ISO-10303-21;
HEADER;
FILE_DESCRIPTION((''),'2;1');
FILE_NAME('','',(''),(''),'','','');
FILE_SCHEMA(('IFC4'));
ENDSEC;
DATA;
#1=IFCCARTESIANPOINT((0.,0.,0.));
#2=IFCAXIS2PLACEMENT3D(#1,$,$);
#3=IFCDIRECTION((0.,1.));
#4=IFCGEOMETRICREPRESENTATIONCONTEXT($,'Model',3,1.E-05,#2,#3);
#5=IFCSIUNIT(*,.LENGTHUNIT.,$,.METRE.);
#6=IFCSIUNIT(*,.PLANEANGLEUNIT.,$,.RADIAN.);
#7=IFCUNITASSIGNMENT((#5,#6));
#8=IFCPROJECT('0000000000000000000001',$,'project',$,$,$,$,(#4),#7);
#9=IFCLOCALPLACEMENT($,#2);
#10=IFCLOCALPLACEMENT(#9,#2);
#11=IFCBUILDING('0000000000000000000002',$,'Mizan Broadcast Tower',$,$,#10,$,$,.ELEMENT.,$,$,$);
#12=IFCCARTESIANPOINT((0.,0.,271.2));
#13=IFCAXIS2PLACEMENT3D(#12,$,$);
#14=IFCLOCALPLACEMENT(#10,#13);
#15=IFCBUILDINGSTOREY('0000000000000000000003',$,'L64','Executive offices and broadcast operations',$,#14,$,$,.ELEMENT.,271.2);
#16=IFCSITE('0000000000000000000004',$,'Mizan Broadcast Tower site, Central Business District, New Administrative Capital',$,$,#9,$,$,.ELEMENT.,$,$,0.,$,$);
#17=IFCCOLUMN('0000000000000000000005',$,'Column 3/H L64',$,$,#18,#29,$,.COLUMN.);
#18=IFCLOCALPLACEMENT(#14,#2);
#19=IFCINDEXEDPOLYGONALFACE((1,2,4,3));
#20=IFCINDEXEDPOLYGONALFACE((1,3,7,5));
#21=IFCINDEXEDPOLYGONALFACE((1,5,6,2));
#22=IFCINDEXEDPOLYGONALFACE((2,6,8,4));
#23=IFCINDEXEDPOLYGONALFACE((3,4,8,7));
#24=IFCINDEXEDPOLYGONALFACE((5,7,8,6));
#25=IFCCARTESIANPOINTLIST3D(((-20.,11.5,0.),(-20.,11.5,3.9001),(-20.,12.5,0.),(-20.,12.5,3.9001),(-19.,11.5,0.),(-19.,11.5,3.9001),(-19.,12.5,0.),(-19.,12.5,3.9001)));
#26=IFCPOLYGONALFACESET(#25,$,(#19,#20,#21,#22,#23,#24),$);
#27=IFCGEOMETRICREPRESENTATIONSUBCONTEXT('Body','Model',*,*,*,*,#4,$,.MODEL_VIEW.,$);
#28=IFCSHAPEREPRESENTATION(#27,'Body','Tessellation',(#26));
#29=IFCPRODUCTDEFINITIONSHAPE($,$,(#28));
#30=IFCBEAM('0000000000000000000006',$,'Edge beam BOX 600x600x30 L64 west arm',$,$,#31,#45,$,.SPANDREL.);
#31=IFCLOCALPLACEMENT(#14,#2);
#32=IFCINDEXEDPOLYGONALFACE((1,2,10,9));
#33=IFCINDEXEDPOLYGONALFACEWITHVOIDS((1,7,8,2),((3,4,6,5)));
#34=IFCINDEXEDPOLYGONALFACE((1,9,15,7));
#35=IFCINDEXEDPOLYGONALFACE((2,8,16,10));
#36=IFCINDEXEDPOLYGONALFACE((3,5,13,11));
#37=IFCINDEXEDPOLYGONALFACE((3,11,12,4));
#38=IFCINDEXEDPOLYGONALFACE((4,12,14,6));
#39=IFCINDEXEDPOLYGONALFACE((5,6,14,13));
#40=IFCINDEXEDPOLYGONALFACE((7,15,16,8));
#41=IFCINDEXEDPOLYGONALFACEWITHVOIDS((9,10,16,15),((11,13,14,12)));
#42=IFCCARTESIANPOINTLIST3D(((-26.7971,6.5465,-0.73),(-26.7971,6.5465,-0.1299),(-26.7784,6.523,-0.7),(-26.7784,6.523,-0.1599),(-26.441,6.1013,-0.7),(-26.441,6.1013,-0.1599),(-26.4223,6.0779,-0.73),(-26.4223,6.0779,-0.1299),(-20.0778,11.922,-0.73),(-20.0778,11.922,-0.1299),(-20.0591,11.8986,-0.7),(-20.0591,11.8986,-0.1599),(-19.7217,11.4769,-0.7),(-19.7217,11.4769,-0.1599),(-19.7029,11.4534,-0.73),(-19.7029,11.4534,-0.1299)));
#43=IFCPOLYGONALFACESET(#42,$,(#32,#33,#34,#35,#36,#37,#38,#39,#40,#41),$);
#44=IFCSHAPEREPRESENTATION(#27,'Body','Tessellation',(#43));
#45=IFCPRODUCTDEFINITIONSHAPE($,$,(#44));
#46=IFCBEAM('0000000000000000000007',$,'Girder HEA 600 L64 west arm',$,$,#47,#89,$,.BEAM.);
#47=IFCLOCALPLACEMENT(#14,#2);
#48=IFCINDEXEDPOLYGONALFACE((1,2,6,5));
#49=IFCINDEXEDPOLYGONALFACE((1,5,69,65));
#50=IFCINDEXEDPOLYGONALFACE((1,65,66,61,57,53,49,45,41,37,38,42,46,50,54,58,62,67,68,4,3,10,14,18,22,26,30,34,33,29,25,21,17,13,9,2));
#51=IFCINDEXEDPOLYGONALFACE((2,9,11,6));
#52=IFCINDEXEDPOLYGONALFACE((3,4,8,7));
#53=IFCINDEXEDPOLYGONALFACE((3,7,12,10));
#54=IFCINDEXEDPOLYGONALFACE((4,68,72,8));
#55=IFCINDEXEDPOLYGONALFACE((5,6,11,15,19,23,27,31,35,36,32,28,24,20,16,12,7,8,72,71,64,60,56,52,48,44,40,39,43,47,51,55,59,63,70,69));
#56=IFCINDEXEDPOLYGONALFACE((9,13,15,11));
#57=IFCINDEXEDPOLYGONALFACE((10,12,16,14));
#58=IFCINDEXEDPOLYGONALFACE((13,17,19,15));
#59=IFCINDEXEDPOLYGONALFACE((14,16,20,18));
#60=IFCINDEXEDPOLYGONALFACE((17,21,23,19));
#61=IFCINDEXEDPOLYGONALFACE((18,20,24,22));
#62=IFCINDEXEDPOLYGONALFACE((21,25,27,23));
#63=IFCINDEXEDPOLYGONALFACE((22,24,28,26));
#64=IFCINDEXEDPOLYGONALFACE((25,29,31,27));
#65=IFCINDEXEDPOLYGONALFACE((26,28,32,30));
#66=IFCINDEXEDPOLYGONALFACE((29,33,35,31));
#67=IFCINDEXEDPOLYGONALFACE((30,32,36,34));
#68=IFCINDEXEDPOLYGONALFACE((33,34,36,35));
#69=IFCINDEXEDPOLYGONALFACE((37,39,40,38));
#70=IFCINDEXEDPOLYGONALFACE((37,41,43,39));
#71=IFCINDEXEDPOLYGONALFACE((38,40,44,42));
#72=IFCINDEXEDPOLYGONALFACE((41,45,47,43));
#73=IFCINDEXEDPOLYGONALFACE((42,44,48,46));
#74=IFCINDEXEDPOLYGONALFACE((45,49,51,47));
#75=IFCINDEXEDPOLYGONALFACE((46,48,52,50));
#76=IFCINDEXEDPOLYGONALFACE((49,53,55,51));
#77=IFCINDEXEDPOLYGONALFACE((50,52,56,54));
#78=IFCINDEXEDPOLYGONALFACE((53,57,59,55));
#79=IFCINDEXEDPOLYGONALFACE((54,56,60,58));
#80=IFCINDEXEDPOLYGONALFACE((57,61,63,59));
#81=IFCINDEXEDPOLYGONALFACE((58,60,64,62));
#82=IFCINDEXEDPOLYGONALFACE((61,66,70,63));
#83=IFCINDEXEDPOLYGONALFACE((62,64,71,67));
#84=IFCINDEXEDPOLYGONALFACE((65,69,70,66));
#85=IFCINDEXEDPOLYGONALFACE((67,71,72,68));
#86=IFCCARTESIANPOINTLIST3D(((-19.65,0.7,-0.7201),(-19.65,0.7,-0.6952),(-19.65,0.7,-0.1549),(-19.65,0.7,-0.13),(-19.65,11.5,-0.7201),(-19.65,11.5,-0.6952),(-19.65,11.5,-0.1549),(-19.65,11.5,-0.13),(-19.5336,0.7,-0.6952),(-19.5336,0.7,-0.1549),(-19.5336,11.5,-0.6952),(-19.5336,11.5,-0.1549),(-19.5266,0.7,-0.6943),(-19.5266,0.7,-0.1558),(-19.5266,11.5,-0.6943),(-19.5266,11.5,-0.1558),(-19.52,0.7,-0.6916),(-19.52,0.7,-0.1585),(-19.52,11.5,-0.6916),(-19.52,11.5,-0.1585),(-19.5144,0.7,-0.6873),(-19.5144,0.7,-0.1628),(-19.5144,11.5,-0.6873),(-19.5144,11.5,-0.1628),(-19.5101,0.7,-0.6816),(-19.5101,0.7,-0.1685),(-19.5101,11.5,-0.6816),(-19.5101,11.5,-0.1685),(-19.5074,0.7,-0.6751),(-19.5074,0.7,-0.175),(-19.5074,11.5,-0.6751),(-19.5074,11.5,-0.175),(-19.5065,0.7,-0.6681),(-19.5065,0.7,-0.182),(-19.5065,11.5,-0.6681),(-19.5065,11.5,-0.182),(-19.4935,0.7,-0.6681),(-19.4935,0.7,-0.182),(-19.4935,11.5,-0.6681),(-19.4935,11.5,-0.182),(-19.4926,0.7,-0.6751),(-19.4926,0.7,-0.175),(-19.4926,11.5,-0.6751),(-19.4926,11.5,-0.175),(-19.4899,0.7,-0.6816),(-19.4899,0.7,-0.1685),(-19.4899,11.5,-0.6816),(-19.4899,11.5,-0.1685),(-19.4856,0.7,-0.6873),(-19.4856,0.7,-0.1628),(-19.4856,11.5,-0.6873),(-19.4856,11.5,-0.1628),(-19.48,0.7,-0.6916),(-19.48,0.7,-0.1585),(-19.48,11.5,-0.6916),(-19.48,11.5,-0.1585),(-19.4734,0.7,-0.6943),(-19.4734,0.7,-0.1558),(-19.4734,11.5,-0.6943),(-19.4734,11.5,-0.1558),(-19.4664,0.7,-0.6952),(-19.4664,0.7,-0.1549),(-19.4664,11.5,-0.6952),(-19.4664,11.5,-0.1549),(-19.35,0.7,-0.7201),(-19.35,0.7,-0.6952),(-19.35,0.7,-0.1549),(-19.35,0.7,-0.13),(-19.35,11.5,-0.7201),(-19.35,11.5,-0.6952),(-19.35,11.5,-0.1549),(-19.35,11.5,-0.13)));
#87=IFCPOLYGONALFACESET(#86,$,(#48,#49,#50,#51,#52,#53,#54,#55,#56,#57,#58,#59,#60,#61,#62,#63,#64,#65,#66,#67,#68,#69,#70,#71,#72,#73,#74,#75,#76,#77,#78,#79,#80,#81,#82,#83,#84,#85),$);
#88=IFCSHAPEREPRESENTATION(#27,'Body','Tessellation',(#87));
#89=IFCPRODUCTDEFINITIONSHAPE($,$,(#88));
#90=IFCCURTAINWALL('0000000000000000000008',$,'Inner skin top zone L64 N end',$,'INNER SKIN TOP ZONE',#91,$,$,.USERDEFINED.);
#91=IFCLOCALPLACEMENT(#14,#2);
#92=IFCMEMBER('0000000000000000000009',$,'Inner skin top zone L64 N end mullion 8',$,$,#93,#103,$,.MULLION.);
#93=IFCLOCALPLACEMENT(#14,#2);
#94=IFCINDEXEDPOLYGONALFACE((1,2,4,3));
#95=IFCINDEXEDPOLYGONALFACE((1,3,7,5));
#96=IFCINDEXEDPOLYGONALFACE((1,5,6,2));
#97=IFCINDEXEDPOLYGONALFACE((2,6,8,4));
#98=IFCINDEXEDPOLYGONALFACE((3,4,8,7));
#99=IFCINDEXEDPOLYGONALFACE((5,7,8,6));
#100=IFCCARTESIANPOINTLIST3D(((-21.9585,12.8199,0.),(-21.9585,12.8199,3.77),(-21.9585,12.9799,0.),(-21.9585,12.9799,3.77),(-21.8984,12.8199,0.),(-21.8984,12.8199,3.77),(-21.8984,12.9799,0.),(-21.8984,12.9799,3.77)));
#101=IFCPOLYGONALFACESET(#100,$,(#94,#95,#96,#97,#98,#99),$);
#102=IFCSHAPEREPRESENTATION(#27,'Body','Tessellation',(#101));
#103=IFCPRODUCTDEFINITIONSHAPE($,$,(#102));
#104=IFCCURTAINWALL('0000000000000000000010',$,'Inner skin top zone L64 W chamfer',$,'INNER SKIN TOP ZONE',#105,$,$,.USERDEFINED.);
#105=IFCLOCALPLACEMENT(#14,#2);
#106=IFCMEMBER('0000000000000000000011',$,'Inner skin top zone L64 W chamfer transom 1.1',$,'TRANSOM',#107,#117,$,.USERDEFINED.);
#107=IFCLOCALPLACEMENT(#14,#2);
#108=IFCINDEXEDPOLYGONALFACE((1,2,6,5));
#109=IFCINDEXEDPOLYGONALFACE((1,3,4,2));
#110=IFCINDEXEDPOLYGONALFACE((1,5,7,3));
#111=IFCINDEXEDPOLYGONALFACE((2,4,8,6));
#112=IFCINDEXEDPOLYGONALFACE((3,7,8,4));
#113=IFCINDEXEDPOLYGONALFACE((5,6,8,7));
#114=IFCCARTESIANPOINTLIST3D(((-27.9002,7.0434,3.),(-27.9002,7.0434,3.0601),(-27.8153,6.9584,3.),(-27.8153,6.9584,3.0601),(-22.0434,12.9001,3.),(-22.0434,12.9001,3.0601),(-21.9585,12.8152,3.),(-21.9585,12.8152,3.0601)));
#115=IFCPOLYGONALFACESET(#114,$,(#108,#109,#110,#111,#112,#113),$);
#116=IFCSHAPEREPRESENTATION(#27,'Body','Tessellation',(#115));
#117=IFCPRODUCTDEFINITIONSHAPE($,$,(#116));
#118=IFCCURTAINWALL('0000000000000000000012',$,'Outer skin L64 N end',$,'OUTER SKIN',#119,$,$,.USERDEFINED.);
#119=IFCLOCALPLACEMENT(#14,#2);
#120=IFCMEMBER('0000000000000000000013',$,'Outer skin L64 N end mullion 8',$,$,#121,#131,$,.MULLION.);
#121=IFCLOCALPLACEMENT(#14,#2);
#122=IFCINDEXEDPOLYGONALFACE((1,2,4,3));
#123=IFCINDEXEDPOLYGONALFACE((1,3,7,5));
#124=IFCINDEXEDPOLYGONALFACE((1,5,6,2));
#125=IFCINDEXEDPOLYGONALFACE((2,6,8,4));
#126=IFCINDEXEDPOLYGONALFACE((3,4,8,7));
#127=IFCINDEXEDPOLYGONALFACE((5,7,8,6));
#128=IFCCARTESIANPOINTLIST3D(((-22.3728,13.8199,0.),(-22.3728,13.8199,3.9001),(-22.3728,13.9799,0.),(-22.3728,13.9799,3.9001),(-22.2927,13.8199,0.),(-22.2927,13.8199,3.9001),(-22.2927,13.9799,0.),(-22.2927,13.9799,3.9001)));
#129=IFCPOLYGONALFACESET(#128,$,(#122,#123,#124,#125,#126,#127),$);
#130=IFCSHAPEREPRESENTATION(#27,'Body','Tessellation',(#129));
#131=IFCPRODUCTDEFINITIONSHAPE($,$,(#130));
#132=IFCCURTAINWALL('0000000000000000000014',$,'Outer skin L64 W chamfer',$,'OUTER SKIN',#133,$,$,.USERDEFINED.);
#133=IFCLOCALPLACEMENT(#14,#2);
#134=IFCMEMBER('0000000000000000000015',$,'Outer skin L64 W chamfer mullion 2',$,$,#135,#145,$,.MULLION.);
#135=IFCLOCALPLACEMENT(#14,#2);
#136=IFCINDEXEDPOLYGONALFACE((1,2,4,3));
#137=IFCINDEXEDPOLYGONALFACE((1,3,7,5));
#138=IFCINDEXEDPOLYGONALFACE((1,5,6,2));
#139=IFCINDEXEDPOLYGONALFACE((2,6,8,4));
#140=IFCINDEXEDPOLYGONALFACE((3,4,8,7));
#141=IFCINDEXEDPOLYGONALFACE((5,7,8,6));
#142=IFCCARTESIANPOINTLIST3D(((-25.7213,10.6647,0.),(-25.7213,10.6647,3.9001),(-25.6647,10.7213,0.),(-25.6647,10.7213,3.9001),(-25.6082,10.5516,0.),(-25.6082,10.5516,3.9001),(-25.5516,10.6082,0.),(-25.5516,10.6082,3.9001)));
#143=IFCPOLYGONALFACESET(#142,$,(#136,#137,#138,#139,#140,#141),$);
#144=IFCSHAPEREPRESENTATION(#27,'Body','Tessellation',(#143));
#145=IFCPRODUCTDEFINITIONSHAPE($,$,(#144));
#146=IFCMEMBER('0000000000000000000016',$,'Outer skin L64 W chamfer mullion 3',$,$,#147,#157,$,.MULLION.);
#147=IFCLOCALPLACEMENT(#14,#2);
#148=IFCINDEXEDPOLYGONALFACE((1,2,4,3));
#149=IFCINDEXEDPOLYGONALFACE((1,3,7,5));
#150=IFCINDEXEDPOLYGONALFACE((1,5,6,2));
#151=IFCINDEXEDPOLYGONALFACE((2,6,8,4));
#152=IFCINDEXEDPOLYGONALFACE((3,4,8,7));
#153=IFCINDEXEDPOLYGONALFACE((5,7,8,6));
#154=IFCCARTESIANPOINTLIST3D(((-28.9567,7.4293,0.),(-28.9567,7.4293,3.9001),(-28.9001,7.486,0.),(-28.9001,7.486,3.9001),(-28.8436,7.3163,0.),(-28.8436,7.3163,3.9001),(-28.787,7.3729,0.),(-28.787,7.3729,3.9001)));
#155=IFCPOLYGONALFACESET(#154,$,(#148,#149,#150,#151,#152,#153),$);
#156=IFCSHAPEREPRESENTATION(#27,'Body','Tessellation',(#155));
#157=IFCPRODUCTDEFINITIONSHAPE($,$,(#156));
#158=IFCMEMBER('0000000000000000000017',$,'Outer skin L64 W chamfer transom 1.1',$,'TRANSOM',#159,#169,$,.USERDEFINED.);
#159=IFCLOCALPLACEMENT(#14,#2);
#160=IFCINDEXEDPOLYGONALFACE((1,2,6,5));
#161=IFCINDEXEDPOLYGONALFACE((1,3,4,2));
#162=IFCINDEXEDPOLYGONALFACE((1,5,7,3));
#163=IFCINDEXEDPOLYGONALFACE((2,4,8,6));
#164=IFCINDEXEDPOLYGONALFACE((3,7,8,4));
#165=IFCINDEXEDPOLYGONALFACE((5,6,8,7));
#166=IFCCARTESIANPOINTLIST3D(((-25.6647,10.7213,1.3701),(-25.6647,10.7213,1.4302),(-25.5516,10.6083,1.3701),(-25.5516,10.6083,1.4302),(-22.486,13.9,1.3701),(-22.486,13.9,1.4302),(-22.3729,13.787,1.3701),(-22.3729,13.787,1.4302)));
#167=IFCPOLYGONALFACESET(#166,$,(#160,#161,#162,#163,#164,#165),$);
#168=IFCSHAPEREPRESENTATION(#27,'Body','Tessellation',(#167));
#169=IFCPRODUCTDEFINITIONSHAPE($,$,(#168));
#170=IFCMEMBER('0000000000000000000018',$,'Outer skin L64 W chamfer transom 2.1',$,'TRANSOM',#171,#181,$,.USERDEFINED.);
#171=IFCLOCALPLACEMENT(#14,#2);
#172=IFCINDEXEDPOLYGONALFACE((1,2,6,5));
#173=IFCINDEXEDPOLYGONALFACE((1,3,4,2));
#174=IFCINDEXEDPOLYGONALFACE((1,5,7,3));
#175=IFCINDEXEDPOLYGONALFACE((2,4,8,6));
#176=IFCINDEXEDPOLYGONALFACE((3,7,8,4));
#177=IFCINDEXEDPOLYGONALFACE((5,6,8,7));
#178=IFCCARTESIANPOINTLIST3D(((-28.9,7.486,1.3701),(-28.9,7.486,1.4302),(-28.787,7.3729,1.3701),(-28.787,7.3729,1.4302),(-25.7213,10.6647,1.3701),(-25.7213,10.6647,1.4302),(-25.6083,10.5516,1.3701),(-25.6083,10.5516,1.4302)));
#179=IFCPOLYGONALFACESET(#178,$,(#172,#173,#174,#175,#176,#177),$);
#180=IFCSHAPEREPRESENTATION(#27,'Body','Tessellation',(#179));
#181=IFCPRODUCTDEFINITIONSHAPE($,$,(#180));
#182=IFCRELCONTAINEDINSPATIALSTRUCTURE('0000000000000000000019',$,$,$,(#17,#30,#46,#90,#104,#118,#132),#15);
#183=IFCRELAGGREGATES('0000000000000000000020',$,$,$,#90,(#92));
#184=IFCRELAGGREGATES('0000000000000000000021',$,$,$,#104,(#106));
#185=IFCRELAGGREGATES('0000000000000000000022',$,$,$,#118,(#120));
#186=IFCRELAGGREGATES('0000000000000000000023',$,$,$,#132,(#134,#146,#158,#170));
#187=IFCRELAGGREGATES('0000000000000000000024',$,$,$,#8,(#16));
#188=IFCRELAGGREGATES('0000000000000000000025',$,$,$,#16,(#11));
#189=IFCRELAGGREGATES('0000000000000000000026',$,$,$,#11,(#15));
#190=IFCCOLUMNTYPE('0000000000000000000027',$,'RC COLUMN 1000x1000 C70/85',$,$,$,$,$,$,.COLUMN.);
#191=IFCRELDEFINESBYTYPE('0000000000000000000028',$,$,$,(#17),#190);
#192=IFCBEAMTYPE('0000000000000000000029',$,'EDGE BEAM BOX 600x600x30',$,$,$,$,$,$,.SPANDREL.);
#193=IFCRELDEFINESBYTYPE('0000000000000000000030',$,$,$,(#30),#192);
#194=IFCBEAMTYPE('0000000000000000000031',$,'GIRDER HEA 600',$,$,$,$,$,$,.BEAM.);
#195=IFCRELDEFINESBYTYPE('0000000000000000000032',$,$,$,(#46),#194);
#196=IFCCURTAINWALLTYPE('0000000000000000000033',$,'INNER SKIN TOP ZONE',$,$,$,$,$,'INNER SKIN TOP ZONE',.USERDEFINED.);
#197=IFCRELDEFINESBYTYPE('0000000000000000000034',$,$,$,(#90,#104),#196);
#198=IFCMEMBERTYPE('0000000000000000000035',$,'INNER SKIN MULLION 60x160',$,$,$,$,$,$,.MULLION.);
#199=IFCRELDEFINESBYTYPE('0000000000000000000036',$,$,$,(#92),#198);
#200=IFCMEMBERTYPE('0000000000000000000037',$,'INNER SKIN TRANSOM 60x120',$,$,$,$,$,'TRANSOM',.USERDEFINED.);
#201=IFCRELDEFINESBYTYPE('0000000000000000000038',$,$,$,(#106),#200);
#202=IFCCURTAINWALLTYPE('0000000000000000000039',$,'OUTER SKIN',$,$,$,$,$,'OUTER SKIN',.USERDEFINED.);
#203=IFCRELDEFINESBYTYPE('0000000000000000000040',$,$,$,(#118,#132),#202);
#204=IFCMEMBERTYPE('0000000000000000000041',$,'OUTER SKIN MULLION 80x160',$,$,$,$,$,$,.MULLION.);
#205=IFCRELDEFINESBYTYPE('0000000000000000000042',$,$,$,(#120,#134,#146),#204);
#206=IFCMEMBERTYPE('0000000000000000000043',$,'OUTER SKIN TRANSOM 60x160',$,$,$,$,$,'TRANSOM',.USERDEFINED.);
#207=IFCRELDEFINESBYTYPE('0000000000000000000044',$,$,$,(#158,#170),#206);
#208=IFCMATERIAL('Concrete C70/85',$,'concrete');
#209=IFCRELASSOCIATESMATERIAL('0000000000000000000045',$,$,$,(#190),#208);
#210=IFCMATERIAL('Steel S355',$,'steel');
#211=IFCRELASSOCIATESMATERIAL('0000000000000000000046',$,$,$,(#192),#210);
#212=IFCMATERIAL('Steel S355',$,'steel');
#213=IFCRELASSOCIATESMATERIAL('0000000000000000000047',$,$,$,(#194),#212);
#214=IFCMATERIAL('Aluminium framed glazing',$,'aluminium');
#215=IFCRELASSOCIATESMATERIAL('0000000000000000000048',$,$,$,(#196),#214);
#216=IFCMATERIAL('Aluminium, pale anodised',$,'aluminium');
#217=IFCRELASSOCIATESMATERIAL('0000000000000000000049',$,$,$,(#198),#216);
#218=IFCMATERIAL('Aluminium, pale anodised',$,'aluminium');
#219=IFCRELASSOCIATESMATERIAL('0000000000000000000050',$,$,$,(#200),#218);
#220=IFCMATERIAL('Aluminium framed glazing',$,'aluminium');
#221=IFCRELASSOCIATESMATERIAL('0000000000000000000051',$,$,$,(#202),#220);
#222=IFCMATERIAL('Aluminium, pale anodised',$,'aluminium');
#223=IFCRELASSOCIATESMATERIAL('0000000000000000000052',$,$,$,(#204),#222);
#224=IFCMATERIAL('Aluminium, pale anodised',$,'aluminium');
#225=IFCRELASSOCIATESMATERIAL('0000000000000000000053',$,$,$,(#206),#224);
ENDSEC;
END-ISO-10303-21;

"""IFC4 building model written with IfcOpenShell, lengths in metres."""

from ifc_helpers import new_model, si_unit, direction, frame, origin, origin_2d, place, context, subcontext, project, spatial, rectangle, hollow_rectangle, i_section, extrude, material, material_profile, profile_set, type_object, element, aggregate, save


model = new_model("IFC4")

# Units and contexts
model_context = context("Model", 3, precision=1e-05, world=origin(), true_north=direction((0.0, 1.0)))
body_context = subcontext(model_context, "Body", "Model", "MODEL_VIEW")
ifc_project = project(units=[si_unit("LENGTHUNIT", "METRE"), si_unit("PLANEANGLEUNIT", "RADIAN")], contexts=[model_context])

# Site, building, storey
site_placement = place(None, origin())
site = spatial("IfcSite", under=ifc_project, at=site_placement, Name="Mizan Broadcast Tower site, Central Business District, New Administrative Capital", CompositionType="ELEMENT", RefElevation=0.0)
building_placement = place(site_placement, origin())
building = spatial("IfcBuilding", under=site, at=building_placement, Name="Mizan Broadcast Tower", CompositionType="ELEMENT")
storey_placement = place(building_placement, frame((0.0, 0.0, 271.2)))
storey = spatial("IfcBuildingStorey", under=building, at=storey_placement, Name="L64", Description="Executive offices and broadcast operations", CompositionType="ELEMENT", Elevation=271.2)

# Column
ifc_material_1 = material(Name="Concrete C70/85", Category="concrete")
ifc_material_profile_1 = material_profile(ifc_material_1, rectangle(XDim=1.0, YDim=1.0, at=origin_2d()), Name="RC 1000x1000")
ifc_profile_set_1 = profile_set([ifc_material_profile_1], Name="Concrete C70/85")
column_type = type_object("IfcColumnType", Name="RC COLUMN 1000x1000 C70/85", PredefinedType="COLUMN", material=ifc_profile_set_1)
column_placement = place(storey_placement, frame((-19.5, 12.0, 0.0), z_axis=(0.0, 0.0, 1.0), x_axis=(1.0, 0.0, 0.0)))
element("IfcColumn", 1, at=column_placement, inside=storey, type_object=column_type, Name="Column 3/H L64", PredefinedType="COLUMN", context=body_context, shape_type="SweptSolid", body=[
    extrude(rectangle(XDim=1.0, YDim=1.0, at=origin_2d()), origin(), (0.0, 0.0, 1.0), 3.9001),
])

# Beams
ifc_material_2 = material(Name="Steel S355", Category="steel")
ifc_material_profile_2 = material_profile(ifc_material_2, hollow_rectangle(XDim=0.6001, YDim=0.6001, WallThickness=0.03, at=origin_2d()), Name="BOX 600x600x30")
ifc_profile_set_2 = profile_set([ifc_material_profile_2], Name="Steel S355")
beam_type_1 = type_object("IfcBeamType", Name="EDGE BEAM BOX 600x600x30", PredefinedType="SPANDREL", material=ifc_profile_set_2)
beam_1_placement = place(storey_placement, frame((-19.8904, 11.6877, -0.4299), z_axis=(-0.780863, -0.624702, 0.0), x_axis=(0.624702, -0.780863, 0.0)))
element("IfcBeam", 2, at=beam_1_placement, inside=storey, type_object=beam_type_1, Name="Edge beam BOX 600x600x30 L64 west arm", PredefinedType="SPANDREL", context=body_context, shape_type="SweptSolid", body=[
    extrude(hollow_rectangle(XDim=0.6001, YDim=0.6001, WallThickness=0.03, at=origin_2d()), origin(), (0.0, 0.0, 1.0), 8.605),
])
ifc_material_3 = material(Name="Steel S355", Category="steel")
ifc_material_profile_3 = material_profile(ifc_material_3, i_section(OverallWidth=0.3, OverallDepth=0.5901, WebThickness=0.0129, FlangeThickness=0.0249, FilletRadius=0.0271, at=origin_2d()), Name="HEA 600")
ifc_profile_set_3 = profile_set([ifc_material_profile_3], Name="Steel S355")
beam_type_2 = type_object("IfcBeamType", Name="GIRDER HEA 600", PredefinedType="BEAM", material=ifc_profile_set_3)
beam_2_placement = place(storey_placement, frame((-19.5, 11.5, -0.425), z_axis=(0.0, -1.0, 0.0), x_axis=(1.0, 0.0, 0.0)))
element("IfcBeam", 3, at=beam_2_placement, inside=storey, type_object=beam_type_2, Name="Girder HEA 600 L64 west arm", PredefinedType="BEAM", context=body_context, shape_type="SweptSolid", body=[
    extrude(i_section(OverallWidth=0.3, OverallDepth=0.5901, WebThickness=0.0129, FlangeThickness=0.0249, FilletRadius=0.0271, at=origin_2d()), origin(), (0.0, 0.0, 1.0), 10.8),
])

# Curtain walls, members
ifc_material_4 = material(Name="Aluminium framed glazing", Category="aluminium")
curtain_wall_type_1 = type_object("IfcCurtainWallType", Name="INNER SKIN TOP ZONE", ElementType="INNER SKIN TOP ZONE", PredefinedType="USERDEFINED", material=ifc_material_4)
curtain_wall_1_placement = place(storey_placement, origin())
curtain_wall_1 = element("IfcCurtainWall", 4, at=curtain_wall_1_placement, inside=storey, type_object=curtain_wall_type_1, Name="Inner skin top zone L64 N end", ObjectType="INNER SKIN TOP ZONE", PredefinedType="USERDEFINED")
ifc_material_5 = material(Name="Aluminium, pale anodised", Category="aluminium")
ifc_material_profile_4 = material_profile(ifc_material_5, rectangle(XDim=0.1599, YDim=0.0601, at=origin_2d()), Name="MULLION 160x60")
ifc_profile_set_4 = profile_set([ifc_material_profile_4], Name="Aluminium, pale anodised")
member_type_1 = type_object("IfcMemberType", Name="INNER SKIN MULLION 60x160", PredefinedType="MULLION", material=ifc_profile_set_4)
member_1_placement = place(storey_placement, frame((-21.9285, 12.8999, 0.0), z_axis=(0.0, 0.0, 1.0), x_axis=(0.0, -1.0, 0.0)))
member_1 = element("IfcMember", 5, at=member_1_placement, type_object=member_type_1, Name="Inner skin top zone L64 N end mullion 8", PredefinedType="MULLION", context=body_context, shape_type="SweptSolid", body=[
    extrude(rectangle(XDim=0.1599, YDim=0.0601, at=origin_2d()), origin(), (0.0, 0.0, 1.0), 3.77),
])
aggregate(curtain_wall_1, [member_1])
curtain_wall_2_placement = place(storey_placement, origin())
curtain_wall_2 = element("IfcCurtainWall", 6, at=curtain_wall_2_placement, inside=storey, type_object=curtain_wall_type_1, Name="Inner skin top zone L64 W chamfer", ObjectType="INNER SKIN TOP ZONE", PredefinedType="USERDEFINED")
ifc_material_6 = material(Name="Aluminium, pale anodised", Category="aluminium")
ifc_material_profile_5 = material_profile(ifc_material_6, rectangle(XDim=0.1201, YDim=0.0601, at=origin_2d()), Name="TRANSOM 120x60")
ifc_profile_set_5 = profile_set([ifc_material_profile_5], Name="Aluminium, pale anodised")
member_type_2 = type_object("IfcMemberType", Name="INNER SKIN TRANSOM 60x120", ElementType="TRANSOM", PredefinedType="USERDEFINED", material=ifc_profile_set_5)
member_2_placement = place(storey_placement, frame((-22.001, 12.8577, 3.03), z_axis=(-0.707107, -0.707107, 0.0), x_axis=(0.707107, -0.707107, 0.0)))
member_2 = element("IfcMember", 7, at=member_2_placement, type_object=member_type_2, Name="Inner skin top zone L64 W chamfer transom 1.1", ObjectType="TRANSOM", PredefinedType="USERDEFINED", context=body_context, shape_type="SweptSolid", body=[
    extrude(rectangle(XDim=0.1201, YDim=0.0601, at=origin_2d()), origin(), (0.0, 0.0, 1.0), 8.2827),
])
ifc_material_7 = material(Name="Aluminium framed glazing", Category="aluminium")
curtain_wall_type_2 = type_object("IfcCurtainWallType", Name="OUTER SKIN", ElementType="OUTER SKIN", PredefinedType="USERDEFINED", material=ifc_material_7)
curtain_wall_3_placement = place(storey_placement, origin())
curtain_wall_3 = element("IfcCurtainWall", 8, at=curtain_wall_3_placement, inside=storey, type_object=curtain_wall_type_2, Name="Outer skin L64 N end", ObjectType="OUTER SKIN", PredefinedType="USERDEFINED")
ifc_material_8 = material(Name="Aluminium, pale anodised", Category="aluminium")
ifc_material_profile_6 = material_profile(ifc_material_8, rectangle(XDim=0.1599, YDim=0.0801, at=origin_2d()), Name="MULLION 160x80")
ifc_profile_set_6 = profile_set([ifc_material_profile_6], Name="Aluminium, pale anodised")
member_type_3 = type_object("IfcMemberType", Name="OUTER SKIN MULLION 80x160", PredefinedType="MULLION", material=ifc_profile_set_6)
member_3_placement = place(storey_placement, frame((-22.3328, 13.8999, 0.0), z_axis=(0.0, 0.0, 1.0), x_axis=(0.0, -1.0, 0.0)))
member_3 = element("IfcMember", 9, at=member_3_placement, type_object=member_type_3, Name="Outer skin L64 N end mullion 8", PredefinedType="MULLION", context=body_context, shape_type="SweptSolid", body=[
    extrude(rectangle(XDim=0.1599, YDim=0.0801, at=origin_2d()), origin(), (0.0, 0.0, 1.0), 3.9001),
])

# Curtain wall, members
curtain_wall_4_placement = place(storey_placement, origin())
curtain_wall_4 = element("IfcCurtainWall", 10, at=curtain_wall_4_placement, inside=storey, type_object=curtain_wall_type_2, Name="Outer skin L64 W chamfer", ObjectType="OUTER SKIN", PredefinedType="USERDEFINED")
member_4_placement = place(storey_placement, frame((-25.6365, 10.6365, 0.0), z_axis=(0.0, 0.0, 1.0), x_axis=(0.707107, -0.707107, 0.0)))
member_4 = element("IfcMember", 11, at=member_4_placement, type_object=member_type_3, Name="Outer skin L64 W chamfer mullion 2", PredefinedType="MULLION", context=body_context, shape_type="SweptSolid", body=[
    extrude(rectangle(XDim=0.1599, YDim=0.0801, at=origin_2d()), origin(), (0.0, 0.0, 1.0), 3.9001),
])
member_5_placement = place(storey_placement, frame((-28.8718, 7.4011, 0.0), z_axis=(0.0, 0.0, 1.0), x_axis=(0.707107, -0.707107, 0.0)))
member_5 = element("IfcMember", 12, at=member_5_placement, type_object=member_type_3, Name="Outer skin L64 W chamfer mullion 3", PredefinedType="MULLION", context=body_context, shape_type="SweptSolid", body=[
    extrude(rectangle(XDim=0.1599, YDim=0.0801, at=origin_2d()), origin(), (0.0, 0.0, 1.0), 3.9001),
])
ifc_material_9 = material(Name="Aluminium, pale anodised", Category="aluminium")
ifc_material_profile_7 = material_profile(ifc_material_9, rectangle(XDim=0.1599, YDim=0.0601, at=origin_2d()), Name="TRANSOM 160x60")
ifc_profile_set_7 = profile_set([ifc_material_profile_7], Name="Aluminium, pale anodised")
member_type_4 = type_object("IfcMemberType", Name="OUTER SKIN TRANSOM 60x160", ElementType="TRANSOM", PredefinedType="USERDEFINED", material=ifc_profile_set_7)
member_6_placement = place(storey_placement, frame((-22.4294, 13.8435, 1.4001), z_axis=(-0.707107, -0.707107, 0.0), x_axis=(0.707107, -0.707107, 0.0)))
member_6 = element("IfcMember", 13, at=member_6_placement, type_object=member_type_4, Name="Outer skin L64 W chamfer transom 1.1", ObjectType="TRANSOM", PredefinedType="USERDEFINED", context=body_context, shape_type="SweptSolid", body=[
    extrude(rectangle(XDim=0.1599, YDim=0.0601, at=origin_2d()), origin(), (0.0, 0.0, 1.0), 4.4954),
])
member_7_placement = place(storey_placement, frame((-25.6648, 10.6082, 1.4001), z_axis=(-0.707107, -0.707107, 0.0), x_axis=(0.707107, -0.707107, 0.0)))
member_7 = element("IfcMember", 14, at=member_7_placement, type_object=member_type_4, Name="Outer skin L64 W chamfer transom 2.1", ObjectType="TRANSOM", PredefinedType="USERDEFINED", context=body_context, shape_type="SweptSolid", body=[
    extrude(rectangle(XDim=0.1599, YDim=0.0601, at=origin_2d()), origin(), (0.0, 0.0, 1.0), 4.4954),
])

aggregate(curtain_wall_2, [member_2])
aggregate(curtain_wall_3, [member_3])
aggregate(curtain_wall_4, [member_4, member_5, member_6, member_7])

save(model, "model.ifc")
